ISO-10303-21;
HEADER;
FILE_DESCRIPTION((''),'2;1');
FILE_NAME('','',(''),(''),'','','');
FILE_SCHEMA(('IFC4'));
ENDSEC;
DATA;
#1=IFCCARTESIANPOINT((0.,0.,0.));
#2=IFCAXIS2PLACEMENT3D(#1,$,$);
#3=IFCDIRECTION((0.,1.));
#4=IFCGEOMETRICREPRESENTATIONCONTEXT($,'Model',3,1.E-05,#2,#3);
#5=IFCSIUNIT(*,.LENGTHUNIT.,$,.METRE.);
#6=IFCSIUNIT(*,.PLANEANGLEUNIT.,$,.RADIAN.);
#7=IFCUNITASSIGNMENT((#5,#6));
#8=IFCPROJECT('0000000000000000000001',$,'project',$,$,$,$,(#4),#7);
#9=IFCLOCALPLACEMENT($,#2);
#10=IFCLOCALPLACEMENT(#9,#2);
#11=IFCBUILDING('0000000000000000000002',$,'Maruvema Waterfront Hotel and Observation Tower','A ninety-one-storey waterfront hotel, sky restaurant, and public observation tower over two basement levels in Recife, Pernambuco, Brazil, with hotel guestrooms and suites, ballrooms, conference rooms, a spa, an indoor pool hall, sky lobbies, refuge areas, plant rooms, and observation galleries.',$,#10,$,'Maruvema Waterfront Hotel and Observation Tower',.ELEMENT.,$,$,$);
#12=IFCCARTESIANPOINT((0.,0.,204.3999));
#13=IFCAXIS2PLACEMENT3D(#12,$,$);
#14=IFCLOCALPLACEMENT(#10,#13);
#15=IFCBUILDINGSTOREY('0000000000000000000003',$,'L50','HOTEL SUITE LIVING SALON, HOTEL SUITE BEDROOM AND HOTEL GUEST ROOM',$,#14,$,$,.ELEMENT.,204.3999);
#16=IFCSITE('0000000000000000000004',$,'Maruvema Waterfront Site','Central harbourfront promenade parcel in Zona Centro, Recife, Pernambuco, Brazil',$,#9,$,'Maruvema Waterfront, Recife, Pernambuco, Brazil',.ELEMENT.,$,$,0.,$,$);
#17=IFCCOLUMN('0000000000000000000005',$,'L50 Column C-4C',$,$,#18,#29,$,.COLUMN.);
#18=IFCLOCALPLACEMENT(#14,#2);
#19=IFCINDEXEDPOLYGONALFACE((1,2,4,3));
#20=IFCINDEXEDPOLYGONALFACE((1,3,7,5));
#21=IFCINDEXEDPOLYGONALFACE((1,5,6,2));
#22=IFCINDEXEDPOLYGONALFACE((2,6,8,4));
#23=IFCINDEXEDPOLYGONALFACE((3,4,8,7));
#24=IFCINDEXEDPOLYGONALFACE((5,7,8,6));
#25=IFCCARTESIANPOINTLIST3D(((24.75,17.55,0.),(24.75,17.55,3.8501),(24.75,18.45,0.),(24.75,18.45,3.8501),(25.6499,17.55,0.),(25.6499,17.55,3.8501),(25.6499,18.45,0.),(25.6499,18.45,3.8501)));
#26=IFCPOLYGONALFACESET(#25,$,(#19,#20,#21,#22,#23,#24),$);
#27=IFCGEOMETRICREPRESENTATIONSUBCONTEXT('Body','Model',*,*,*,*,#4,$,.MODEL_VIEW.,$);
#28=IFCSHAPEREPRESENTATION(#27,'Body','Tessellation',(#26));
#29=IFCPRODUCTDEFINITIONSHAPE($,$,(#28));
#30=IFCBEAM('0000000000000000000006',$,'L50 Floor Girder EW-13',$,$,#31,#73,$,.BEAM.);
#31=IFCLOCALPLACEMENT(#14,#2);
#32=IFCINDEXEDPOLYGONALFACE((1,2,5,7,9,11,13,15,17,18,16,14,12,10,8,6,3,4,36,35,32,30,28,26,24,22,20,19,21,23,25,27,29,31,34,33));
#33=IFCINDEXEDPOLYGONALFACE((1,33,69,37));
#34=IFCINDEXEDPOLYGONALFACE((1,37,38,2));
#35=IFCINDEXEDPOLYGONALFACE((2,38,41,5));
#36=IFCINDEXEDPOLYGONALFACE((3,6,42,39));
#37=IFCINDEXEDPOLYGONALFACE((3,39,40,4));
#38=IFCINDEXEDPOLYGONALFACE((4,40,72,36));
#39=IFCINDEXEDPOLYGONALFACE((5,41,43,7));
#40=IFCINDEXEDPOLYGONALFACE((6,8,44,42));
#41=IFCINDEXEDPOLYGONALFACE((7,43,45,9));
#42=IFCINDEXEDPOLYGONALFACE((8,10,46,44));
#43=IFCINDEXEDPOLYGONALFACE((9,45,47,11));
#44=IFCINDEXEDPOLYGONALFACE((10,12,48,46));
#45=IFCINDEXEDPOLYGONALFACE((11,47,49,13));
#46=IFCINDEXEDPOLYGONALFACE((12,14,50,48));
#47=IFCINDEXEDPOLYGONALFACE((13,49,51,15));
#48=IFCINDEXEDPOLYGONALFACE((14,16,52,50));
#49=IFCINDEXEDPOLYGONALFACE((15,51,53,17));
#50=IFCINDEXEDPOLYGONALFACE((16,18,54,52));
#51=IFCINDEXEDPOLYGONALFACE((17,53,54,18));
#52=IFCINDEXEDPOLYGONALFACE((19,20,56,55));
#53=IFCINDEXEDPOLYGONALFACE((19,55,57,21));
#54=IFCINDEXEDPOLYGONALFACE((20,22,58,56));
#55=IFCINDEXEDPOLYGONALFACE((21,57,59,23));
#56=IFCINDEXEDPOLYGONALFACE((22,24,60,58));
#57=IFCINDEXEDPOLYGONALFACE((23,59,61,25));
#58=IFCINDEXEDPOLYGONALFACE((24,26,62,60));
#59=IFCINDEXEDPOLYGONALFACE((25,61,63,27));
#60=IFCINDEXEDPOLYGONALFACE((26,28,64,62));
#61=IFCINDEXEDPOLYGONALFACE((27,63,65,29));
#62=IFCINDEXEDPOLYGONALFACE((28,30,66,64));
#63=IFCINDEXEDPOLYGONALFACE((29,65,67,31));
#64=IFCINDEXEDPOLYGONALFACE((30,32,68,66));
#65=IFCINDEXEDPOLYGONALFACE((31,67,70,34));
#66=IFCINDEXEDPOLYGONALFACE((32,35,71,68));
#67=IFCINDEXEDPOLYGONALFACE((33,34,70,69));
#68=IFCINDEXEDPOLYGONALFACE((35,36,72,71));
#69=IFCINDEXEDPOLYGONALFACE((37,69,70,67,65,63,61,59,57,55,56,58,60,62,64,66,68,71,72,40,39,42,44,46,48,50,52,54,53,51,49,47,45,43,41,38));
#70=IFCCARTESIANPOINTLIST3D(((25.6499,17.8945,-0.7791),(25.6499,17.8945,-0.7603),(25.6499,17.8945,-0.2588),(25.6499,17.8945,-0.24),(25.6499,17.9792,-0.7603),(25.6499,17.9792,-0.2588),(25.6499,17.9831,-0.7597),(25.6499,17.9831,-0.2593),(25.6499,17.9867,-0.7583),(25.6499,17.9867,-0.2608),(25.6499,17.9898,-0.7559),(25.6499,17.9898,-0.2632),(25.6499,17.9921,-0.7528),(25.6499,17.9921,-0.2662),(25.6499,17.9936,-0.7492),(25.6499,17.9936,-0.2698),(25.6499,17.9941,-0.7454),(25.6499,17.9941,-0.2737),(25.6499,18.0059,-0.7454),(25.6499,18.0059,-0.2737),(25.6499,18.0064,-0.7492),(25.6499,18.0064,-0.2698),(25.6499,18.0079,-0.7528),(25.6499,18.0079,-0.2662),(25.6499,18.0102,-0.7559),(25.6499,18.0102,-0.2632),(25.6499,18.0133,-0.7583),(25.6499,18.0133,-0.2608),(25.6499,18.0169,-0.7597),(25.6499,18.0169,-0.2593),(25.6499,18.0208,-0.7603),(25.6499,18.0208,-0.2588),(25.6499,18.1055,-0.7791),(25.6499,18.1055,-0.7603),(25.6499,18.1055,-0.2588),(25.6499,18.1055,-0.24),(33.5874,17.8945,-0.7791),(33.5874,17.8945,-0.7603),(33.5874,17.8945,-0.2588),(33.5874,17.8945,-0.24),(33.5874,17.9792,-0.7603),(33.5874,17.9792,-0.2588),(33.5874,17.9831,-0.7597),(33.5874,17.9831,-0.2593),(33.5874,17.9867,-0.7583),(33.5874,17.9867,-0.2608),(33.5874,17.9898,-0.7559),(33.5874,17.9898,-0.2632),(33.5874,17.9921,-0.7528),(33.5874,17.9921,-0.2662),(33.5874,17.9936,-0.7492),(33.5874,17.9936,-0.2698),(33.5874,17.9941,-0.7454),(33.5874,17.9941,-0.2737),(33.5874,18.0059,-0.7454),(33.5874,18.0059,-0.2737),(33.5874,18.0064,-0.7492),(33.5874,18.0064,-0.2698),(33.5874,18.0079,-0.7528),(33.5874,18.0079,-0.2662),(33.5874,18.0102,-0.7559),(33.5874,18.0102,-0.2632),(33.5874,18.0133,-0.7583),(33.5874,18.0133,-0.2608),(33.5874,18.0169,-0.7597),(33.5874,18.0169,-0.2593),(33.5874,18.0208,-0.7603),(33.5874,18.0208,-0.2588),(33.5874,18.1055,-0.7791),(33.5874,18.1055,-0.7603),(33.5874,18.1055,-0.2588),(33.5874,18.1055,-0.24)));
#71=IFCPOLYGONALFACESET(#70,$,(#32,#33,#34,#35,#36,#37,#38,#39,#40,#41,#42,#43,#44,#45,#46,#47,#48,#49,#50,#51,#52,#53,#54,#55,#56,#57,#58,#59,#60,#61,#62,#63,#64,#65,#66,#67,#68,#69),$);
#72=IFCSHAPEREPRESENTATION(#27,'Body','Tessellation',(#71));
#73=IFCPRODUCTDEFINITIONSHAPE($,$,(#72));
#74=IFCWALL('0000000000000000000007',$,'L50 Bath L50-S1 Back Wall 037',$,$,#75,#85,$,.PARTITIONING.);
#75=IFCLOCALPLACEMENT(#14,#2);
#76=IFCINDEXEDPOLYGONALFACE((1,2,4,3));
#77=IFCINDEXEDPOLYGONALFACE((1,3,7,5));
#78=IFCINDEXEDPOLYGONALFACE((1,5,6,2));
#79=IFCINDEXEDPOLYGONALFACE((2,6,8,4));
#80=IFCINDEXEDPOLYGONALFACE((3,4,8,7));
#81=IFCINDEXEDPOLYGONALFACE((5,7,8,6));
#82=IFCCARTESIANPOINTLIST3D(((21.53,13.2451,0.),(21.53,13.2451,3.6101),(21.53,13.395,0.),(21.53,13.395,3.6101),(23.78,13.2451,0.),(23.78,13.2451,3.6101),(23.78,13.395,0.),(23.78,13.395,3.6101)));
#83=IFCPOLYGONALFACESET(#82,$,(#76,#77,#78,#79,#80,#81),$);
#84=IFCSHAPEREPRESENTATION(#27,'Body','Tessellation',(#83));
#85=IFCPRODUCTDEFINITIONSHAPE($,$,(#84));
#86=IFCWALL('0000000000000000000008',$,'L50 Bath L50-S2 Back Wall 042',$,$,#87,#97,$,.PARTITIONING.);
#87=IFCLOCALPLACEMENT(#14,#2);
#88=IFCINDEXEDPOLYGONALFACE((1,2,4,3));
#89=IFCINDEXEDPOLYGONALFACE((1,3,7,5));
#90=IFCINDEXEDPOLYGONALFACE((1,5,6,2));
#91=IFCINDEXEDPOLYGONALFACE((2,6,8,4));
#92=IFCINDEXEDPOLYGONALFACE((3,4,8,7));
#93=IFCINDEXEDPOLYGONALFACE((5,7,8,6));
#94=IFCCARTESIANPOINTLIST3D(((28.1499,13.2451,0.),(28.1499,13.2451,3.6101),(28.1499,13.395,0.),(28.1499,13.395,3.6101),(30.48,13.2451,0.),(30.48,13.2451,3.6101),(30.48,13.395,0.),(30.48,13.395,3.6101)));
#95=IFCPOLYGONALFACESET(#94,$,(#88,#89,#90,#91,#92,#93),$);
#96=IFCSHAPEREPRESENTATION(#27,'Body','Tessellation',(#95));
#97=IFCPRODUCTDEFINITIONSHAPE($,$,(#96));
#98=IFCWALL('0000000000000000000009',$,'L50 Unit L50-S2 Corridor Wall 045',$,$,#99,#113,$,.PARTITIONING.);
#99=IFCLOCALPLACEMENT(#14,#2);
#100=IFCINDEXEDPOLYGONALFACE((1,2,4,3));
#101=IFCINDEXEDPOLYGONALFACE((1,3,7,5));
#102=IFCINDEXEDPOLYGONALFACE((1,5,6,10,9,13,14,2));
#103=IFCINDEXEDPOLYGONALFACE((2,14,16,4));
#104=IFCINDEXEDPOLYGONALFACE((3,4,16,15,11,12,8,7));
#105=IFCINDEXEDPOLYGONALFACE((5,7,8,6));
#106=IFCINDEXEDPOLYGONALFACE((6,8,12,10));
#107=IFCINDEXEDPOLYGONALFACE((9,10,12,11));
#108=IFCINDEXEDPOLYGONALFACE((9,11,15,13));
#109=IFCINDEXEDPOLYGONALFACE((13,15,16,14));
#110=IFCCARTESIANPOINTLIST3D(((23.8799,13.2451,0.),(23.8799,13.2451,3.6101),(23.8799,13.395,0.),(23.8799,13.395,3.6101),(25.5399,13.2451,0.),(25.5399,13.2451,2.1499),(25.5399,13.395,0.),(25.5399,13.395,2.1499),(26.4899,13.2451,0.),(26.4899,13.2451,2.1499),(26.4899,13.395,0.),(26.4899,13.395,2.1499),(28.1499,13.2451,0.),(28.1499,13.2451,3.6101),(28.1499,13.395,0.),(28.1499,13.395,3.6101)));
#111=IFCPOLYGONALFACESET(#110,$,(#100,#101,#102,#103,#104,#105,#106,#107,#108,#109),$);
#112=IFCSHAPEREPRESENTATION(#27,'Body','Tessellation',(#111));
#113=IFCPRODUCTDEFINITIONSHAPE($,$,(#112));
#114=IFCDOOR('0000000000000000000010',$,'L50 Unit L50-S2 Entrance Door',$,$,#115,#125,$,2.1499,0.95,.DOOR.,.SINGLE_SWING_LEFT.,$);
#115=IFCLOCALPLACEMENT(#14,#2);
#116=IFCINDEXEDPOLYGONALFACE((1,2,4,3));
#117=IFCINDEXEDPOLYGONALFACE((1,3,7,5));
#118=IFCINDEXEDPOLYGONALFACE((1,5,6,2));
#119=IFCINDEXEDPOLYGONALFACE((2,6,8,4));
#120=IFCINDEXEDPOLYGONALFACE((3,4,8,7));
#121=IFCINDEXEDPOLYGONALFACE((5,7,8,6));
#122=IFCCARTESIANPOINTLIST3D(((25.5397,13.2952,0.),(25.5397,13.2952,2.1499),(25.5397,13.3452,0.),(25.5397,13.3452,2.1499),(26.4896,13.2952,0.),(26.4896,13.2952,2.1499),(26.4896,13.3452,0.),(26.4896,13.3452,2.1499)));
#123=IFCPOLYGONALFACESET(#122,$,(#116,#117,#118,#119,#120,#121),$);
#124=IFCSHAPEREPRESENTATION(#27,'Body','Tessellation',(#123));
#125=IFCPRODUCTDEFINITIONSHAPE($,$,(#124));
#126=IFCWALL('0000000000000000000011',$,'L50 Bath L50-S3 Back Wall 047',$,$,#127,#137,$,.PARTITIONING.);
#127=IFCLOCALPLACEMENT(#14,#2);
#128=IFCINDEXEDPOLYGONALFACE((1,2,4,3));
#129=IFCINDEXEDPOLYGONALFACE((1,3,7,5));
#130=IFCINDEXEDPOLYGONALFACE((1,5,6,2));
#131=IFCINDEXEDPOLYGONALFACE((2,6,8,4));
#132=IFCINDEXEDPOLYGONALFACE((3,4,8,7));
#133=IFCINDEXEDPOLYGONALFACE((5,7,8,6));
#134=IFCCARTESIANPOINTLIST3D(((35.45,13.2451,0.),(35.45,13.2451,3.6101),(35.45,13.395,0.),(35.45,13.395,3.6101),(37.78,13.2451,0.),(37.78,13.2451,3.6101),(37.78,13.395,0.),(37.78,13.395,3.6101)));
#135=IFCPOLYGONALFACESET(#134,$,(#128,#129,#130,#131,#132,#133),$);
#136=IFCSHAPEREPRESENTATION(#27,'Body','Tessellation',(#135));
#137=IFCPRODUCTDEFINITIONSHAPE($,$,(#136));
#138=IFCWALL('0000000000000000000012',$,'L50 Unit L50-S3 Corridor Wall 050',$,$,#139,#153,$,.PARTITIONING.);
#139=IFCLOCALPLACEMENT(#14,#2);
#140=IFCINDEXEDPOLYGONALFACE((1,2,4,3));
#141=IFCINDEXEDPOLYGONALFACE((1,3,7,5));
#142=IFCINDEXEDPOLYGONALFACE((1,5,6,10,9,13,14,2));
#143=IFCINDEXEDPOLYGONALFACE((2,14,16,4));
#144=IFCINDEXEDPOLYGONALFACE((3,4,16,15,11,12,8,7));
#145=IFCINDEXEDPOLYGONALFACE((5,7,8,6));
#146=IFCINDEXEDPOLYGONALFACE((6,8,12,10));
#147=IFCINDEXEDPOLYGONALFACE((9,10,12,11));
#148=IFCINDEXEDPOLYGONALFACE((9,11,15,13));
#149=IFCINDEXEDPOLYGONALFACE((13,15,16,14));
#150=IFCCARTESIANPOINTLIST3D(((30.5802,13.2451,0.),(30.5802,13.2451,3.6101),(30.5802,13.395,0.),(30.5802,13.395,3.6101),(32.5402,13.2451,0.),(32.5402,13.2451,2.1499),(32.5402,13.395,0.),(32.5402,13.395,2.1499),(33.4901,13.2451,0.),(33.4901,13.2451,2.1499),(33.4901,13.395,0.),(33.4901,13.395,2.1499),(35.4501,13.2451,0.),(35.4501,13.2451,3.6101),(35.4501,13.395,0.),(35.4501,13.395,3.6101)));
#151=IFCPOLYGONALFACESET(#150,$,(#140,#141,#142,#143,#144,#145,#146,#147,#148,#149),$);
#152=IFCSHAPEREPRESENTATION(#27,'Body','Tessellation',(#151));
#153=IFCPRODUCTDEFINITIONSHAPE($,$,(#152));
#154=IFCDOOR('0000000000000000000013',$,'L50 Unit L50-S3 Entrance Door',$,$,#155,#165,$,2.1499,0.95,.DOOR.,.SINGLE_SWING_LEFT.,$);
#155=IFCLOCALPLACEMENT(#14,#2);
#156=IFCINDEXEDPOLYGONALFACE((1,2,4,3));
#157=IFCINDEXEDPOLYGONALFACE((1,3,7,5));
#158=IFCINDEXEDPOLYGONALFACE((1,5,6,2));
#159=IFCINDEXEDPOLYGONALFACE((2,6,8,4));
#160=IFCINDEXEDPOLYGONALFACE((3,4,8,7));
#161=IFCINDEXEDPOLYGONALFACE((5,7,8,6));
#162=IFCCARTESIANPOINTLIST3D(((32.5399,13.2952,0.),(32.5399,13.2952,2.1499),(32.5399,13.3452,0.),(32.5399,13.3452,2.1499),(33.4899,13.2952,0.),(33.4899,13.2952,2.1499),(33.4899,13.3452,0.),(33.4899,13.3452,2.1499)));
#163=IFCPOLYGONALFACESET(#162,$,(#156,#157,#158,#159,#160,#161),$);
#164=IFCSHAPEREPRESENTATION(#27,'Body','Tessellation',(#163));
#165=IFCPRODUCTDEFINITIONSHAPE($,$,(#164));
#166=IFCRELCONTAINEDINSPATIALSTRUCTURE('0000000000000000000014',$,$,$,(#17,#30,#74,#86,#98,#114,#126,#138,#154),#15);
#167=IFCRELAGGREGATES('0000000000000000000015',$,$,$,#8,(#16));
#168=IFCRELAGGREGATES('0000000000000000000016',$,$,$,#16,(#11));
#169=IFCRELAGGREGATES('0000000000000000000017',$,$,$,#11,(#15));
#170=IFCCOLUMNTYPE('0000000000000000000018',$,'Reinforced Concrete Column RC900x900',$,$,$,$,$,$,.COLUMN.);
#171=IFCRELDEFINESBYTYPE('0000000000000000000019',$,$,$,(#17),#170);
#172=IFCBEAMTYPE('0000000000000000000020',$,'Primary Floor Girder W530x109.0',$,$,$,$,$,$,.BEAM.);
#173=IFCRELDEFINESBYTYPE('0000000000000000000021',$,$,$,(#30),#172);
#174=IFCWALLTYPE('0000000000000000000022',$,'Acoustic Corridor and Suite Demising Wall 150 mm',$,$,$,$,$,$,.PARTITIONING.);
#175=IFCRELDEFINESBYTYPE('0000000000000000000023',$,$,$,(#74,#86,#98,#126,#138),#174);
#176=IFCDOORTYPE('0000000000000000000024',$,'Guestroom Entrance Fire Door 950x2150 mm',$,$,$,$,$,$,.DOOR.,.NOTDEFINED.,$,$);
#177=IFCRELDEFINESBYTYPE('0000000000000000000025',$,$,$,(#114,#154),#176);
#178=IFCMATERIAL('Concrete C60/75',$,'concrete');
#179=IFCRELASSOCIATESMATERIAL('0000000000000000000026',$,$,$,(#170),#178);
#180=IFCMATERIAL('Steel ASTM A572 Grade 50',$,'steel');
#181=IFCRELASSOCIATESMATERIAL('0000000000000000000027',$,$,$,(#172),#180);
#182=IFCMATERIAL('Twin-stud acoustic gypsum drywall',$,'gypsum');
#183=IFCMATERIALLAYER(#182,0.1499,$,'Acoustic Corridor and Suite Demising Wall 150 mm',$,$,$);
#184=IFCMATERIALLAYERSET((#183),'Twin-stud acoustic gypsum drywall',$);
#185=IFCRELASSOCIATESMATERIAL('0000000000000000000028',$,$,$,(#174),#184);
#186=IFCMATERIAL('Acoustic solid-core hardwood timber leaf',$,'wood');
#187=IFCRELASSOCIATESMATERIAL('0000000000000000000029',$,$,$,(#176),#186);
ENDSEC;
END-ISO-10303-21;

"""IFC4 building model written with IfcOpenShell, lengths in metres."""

from ifc_helpers import new_model, si_unit, direction, frame, frame_2d, origin, origin_2d, place, context, subcontext, project, spatial, rectangle, i_section, extrude, material, layer, layer_set, material_profile, profile_set, type_object, element, fill, save


model = new_model("IFC4")

# Units and contexts
model_context = context("Model", 3, precision=1e-05, world=origin(), true_north=direction((0.0, 1.0)))
body_context = subcontext(model_context, "Body", "Model", "MODEL_VIEW")
ifc_project = project(units=[si_unit("LENGTHUNIT", "METRE"), si_unit("PLANEANGLEUNIT", "RADIAN")], contexts=[model_context])

# Site, building, storey
site_placement = place(None, origin())
site = spatial("IfcSite", under=ifc_project, at=site_placement, Name="Maruvema Waterfront Site", Description="Central harbourfront promenade parcel in Zona Centro, Recife, Pernambuco, Brazil", LongName="Maruvema Waterfront, Recife, Pernambuco, Brazil", CompositionType="ELEMENT", RefElevation=0.0)
building_placement = place(site_placement, origin())
building = spatial("IfcBuilding", under=site, at=building_placement, Name="Maruvema Waterfront Hotel and Observation Tower", Description="A ninety-one-storey waterfront hotel, sky restaurant, and public observation tower over two basement levels in Recife, Pernambuco, Brazil, with hotel guestrooms and suites, ballrooms, conference rooms, a spa, an indoor pool hall, sky lobbies, refuge areas, plant rooms, and observation galleries.", LongName="Maruvema Waterfront Hotel and Observation Tower", CompositionType="ELEMENT")
storey_placement = place(building_placement, frame((0.0, 0.0, 204.3999)))
storey = spatial("IfcBuildingStorey", under=building, at=storey_placement, Name="L50", Description="HOTEL SUITE LIVING SALON, HOTEL SUITE BEDROOM AND HOTEL GUEST ROOM", CompositionType="ELEMENT", Elevation=204.3999)

# Column
ifc_material_1 = material(Name="Concrete C60/75", Category="concrete")
ifc_material_profile_1 = material_profile(ifc_material_1, rectangle(XDim=0.8999, YDim=0.8999, at=origin_2d()), Name="RC900x900")
ifc_profile_set_1 = profile_set([ifc_material_profile_1], Name="Concrete C60/75")
column_type = type_object("IfcColumnType", Name="Reinforced Concrete Column RC900x900", PredefinedType="COLUMN", material=ifc_profile_set_1)
column_placement = place(storey_placement, frame((25.2, 18.0, 0.0), z_axis=(0.0, 0.0, 1.0), x_axis=(1.0, 0.0, 0.0)))
element("IfcColumn", 1, at=column_placement, inside=storey, type_object=column_type, Name="L50 Column C-4C", PredefinedType="COLUMN", context=body_context, shape_type="SweptSolid", body=[
    extrude(rectangle(XDim=0.8999, YDim=0.8999, at=origin_2d()), origin(), (0.0, 0.0, 1.0), 3.8501),
])

# Beam
ifc_material_2 = material(Name="Steel ASTM A572 Grade 50", Category="steel")
ifc_material_profile_2 = material_profile(ifc_material_2, i_section(OverallWidth=0.2109, OverallDepth=0.5391, WebThickness=0.0117, FlangeThickness=0.0188, FilletRadius=0.0149, at=origin_2d()), Name="W530x109.0")
ifc_profile_set_2 = profile_set([ifc_material_profile_2], Name="Steel ASTM A572 Grade 50")
beam_type = type_object("IfcBeamType", Name="Primary Floor Girder W530x109.0", PredefinedType="BEAM", material=ifc_profile_set_2)
beam_placement = place(storey_placement, frame((25.6499, 18.0, -0.5095), z_axis=(1.0, 0.0, 0.0), x_axis=(0.0, 1.0, 0.0)))
element("IfcBeam", 2, at=beam_placement, inside=storey, type_object=beam_type, Name="L50 Floor Girder EW-13", PredefinedType="BEAM", context=body_context, shape_type="SweptSolid", body=[
    extrude(i_section(OverallWidth=0.2109, OverallDepth=0.5391, WebThickness=0.0117, FlangeThickness=0.0188, FilletRadius=0.0149, at=origin_2d()), origin(), (0.0, 0.0, 1.0), 7.9375),
])

# Walls
ifc_material_3 = material(Name="Twin-stud acoustic gypsum drywall", Category="gypsum")
ifc_layer_1 = layer(ifc_material_3, 0.1499, Name="Acoustic Corridor and Suite Demising Wall 150 mm")
ifc_layer_set_1 = layer_set([ifc_layer_1], Name="Twin-stud acoustic gypsum drywall")
wall_type_1 = type_object("IfcWallType", Name="Acoustic Corridor and Suite Demising Wall 150 mm", PredefinedType="PARTITIONING", material=ifc_layer_set_1)
wall_1_placement = place(storey_placement, frame((21.53, 13.3201, 0.0), z_axis=(0.0, 0.0, 1.0), x_axis=(1.0, 0.0, 0.0)))
element("IfcWall", 3, at=wall_1_placement, inside=storey, type_object=wall_type_1, Name="L50 Bath L50-S1 Back Wall 037", PredefinedType="PARTITIONING", context=body_context, shape_type="SweptSolid", body=[
    extrude(rectangle(XDim=2.25, YDim=0.1499, at=frame_2d((1.125, 0.0))), origin(), (0.0, 0.0, 1.0), 3.6101),
])
wall_2_placement = place(storey_placement, frame((28.1499, 13.3201, 0.0), z_axis=(0.0, 0.0, 1.0), x_axis=(1.0, 0.0, 0.0)))
element("IfcWall", 4, at=wall_2_placement, inside=storey, type_object=wall_type_1, Name="L50 Bath L50-S2 Back Wall 042", PredefinedType="PARTITIONING", context=body_context, shape_type="SweptSolid", body=[
    extrude(rectangle(XDim=2.3301, YDim=0.1499, at=frame_2d((1.165, 0.0))), origin(), (0.0, 0.0, 1.0), 3.6101),
])

# Wall, opening, door
wall_3_placement = place(storey_placement, frame((23.8799, 13.3201, 0.0), z_axis=(0.0, 0.0, 1.0), x_axis=(1.0, 0.0, 0.0)))
wall_3 = element("IfcWall", 5, at=wall_3_placement, inside=storey, type_object=wall_type_1, Name="L50 Unit L50-S2 Corridor Wall 045", PredefinedType="PARTITIONING", context=body_context, shape_type="SweptSolid", body=[
    extrude(rectangle(XDim=4.27, YDim=0.1499, at=frame_2d((2.135, 0.0))), origin(), (0.0, 0.0, 1.0), 3.6101),
])
opening_1_placement = place(wall_3_placement, frame((1.6599, 0.0, 0.0)))
opening_1 = element("IfcOpeningElement", 6, at=opening_1_placement, cuts=wall_3, PredefinedType="OPENING", context=body_context, shape_type="SweptSolid", body=[
    extrude(rectangle(XDim=0.95, YDim=2.1499, at=frame_2d((0.4751, 1.075))), frame((0.0, 0.085, 0.0), z_axis=(0.0, -1.0, 0.0), x_axis=(1.0, 0.0, 0.0)), (0.0, 0.0, 1.0), 0.1699),
])
ifc_material_4 = material(Name="Acoustic solid-core hardwood timber leaf", Category="wood")
door_type_1 = type_object("IfcDoorType", Name="Guestroom Entrance Fire Door 950x2150 mm", OperationType="NOTDEFINED", PredefinedType="DOOR", material=ifc_material_4)
door_1_placement = place(opening_1_placement, frame((0.95, 0.0, 0.0), z_axis=(0.0, 0.0, 1.0), x_axis=(-1.0, 0.0, 0.0)))
door_1 = element("IfcDoor", 7, at=door_1_placement, inside=storey, type_object=door_type_1, Name="L50 Unit L50-S2 Entrance Door", OperationType="SINGLE_SWING_LEFT", OverallHeight=2.1499, OverallWidth=0.95, PredefinedType="DOOR", context=body_context, shape_type="SweptSolid", body=[
    extrude(rectangle(XDim=0.95, YDim=2.1499, at=frame_2d((0.4751, 1.075))), frame((0.0, 0.0249, 0.0), z_axis=(0.0, -1.0, 0.0), x_axis=(1.0, 0.0, 0.0)), (0.0, 0.0, 1.0), 0.05),
])
fill(opening_1, door_1)

# Wall
wall_4_placement = place(storey_placement, frame((35.45, 13.3201, 0.0), z_axis=(0.0, 0.0, 1.0), x_axis=(1.0, 0.0, 0.0)))
element("IfcWall", 8, at=wall_4_placement, inside=storey, type_object=wall_type_1, Name="L50 Bath L50-S3 Back Wall 047", PredefinedType="PARTITIONING", context=body_context, shape_type="SweptSolid", body=[
    extrude(rectangle(XDim=2.3301, YDim=0.1499, at=frame_2d((1.165, 0.0))), origin(), (0.0, 0.0, 1.0), 3.6101),
])

# Wall, opening, door
wall_5_placement = place(storey_placement, frame((30.5801, 13.3201, 0.0), z_axis=(0.0, 0.0, 1.0), x_axis=(1.0, 0.0, 0.0)))
wall_5 = element("IfcWall", 9, at=wall_5_placement, inside=storey, type_object=wall_type_1, Name="L50 Unit L50-S3 Corridor Wall 050", PredefinedType="PARTITIONING", context=body_context, shape_type="SweptSolid", body=[
    extrude(rectangle(XDim=4.8699, YDim=0.1499, at=frame_2d((2.4351, 0.0))), origin(), (0.0, 0.0, 1.0), 3.6101),
])
opening_2_placement = place(wall_5_placement, frame((1.96, 0.0, 0.0)))
opening_2 = element("IfcOpeningElement", 10, at=opening_2_placement, cuts=wall_5, PredefinedType="OPENING", context=body_context, shape_type="SweptSolid", body=[
    extrude(rectangle(XDim=0.95, YDim=2.1499, at=frame_2d((0.4751, 1.075))), frame((0.0, 0.085, 0.0), z_axis=(0.0, -1.0, 0.0), x_axis=(1.0, 0.0, 0.0)), (0.0, 0.0, 1.0), 0.1699),
])
door_2_placement = place(opening_2_placement, frame((0.95, 0.0, 0.0), z_axis=(0.0, 0.0, 1.0), x_axis=(-1.0, 0.0, 0.0)))
door_2 = element("IfcDoor", 11, at=door_2_placement, inside=storey, type_object=door_type_1, Name="L50 Unit L50-S3 Entrance Door", OperationType="SINGLE_SWING_LEFT", OverallHeight=2.1499, OverallWidth=0.95, PredefinedType="DOOR", context=body_context, shape_type="SweptSolid", body=[
    extrude(rectangle(XDim=0.95, YDim=2.1499, at=frame_2d((0.4751, 1.075))), frame((0.0, 0.0249, 0.0), z_axis=(0.0, -1.0, 0.0), x_axis=(1.0, 0.0, 0.0)), (0.0, 0.0, 1.0), 0.05),
])
fill(opening_2, door_2)

save(model, "model.ifc")
